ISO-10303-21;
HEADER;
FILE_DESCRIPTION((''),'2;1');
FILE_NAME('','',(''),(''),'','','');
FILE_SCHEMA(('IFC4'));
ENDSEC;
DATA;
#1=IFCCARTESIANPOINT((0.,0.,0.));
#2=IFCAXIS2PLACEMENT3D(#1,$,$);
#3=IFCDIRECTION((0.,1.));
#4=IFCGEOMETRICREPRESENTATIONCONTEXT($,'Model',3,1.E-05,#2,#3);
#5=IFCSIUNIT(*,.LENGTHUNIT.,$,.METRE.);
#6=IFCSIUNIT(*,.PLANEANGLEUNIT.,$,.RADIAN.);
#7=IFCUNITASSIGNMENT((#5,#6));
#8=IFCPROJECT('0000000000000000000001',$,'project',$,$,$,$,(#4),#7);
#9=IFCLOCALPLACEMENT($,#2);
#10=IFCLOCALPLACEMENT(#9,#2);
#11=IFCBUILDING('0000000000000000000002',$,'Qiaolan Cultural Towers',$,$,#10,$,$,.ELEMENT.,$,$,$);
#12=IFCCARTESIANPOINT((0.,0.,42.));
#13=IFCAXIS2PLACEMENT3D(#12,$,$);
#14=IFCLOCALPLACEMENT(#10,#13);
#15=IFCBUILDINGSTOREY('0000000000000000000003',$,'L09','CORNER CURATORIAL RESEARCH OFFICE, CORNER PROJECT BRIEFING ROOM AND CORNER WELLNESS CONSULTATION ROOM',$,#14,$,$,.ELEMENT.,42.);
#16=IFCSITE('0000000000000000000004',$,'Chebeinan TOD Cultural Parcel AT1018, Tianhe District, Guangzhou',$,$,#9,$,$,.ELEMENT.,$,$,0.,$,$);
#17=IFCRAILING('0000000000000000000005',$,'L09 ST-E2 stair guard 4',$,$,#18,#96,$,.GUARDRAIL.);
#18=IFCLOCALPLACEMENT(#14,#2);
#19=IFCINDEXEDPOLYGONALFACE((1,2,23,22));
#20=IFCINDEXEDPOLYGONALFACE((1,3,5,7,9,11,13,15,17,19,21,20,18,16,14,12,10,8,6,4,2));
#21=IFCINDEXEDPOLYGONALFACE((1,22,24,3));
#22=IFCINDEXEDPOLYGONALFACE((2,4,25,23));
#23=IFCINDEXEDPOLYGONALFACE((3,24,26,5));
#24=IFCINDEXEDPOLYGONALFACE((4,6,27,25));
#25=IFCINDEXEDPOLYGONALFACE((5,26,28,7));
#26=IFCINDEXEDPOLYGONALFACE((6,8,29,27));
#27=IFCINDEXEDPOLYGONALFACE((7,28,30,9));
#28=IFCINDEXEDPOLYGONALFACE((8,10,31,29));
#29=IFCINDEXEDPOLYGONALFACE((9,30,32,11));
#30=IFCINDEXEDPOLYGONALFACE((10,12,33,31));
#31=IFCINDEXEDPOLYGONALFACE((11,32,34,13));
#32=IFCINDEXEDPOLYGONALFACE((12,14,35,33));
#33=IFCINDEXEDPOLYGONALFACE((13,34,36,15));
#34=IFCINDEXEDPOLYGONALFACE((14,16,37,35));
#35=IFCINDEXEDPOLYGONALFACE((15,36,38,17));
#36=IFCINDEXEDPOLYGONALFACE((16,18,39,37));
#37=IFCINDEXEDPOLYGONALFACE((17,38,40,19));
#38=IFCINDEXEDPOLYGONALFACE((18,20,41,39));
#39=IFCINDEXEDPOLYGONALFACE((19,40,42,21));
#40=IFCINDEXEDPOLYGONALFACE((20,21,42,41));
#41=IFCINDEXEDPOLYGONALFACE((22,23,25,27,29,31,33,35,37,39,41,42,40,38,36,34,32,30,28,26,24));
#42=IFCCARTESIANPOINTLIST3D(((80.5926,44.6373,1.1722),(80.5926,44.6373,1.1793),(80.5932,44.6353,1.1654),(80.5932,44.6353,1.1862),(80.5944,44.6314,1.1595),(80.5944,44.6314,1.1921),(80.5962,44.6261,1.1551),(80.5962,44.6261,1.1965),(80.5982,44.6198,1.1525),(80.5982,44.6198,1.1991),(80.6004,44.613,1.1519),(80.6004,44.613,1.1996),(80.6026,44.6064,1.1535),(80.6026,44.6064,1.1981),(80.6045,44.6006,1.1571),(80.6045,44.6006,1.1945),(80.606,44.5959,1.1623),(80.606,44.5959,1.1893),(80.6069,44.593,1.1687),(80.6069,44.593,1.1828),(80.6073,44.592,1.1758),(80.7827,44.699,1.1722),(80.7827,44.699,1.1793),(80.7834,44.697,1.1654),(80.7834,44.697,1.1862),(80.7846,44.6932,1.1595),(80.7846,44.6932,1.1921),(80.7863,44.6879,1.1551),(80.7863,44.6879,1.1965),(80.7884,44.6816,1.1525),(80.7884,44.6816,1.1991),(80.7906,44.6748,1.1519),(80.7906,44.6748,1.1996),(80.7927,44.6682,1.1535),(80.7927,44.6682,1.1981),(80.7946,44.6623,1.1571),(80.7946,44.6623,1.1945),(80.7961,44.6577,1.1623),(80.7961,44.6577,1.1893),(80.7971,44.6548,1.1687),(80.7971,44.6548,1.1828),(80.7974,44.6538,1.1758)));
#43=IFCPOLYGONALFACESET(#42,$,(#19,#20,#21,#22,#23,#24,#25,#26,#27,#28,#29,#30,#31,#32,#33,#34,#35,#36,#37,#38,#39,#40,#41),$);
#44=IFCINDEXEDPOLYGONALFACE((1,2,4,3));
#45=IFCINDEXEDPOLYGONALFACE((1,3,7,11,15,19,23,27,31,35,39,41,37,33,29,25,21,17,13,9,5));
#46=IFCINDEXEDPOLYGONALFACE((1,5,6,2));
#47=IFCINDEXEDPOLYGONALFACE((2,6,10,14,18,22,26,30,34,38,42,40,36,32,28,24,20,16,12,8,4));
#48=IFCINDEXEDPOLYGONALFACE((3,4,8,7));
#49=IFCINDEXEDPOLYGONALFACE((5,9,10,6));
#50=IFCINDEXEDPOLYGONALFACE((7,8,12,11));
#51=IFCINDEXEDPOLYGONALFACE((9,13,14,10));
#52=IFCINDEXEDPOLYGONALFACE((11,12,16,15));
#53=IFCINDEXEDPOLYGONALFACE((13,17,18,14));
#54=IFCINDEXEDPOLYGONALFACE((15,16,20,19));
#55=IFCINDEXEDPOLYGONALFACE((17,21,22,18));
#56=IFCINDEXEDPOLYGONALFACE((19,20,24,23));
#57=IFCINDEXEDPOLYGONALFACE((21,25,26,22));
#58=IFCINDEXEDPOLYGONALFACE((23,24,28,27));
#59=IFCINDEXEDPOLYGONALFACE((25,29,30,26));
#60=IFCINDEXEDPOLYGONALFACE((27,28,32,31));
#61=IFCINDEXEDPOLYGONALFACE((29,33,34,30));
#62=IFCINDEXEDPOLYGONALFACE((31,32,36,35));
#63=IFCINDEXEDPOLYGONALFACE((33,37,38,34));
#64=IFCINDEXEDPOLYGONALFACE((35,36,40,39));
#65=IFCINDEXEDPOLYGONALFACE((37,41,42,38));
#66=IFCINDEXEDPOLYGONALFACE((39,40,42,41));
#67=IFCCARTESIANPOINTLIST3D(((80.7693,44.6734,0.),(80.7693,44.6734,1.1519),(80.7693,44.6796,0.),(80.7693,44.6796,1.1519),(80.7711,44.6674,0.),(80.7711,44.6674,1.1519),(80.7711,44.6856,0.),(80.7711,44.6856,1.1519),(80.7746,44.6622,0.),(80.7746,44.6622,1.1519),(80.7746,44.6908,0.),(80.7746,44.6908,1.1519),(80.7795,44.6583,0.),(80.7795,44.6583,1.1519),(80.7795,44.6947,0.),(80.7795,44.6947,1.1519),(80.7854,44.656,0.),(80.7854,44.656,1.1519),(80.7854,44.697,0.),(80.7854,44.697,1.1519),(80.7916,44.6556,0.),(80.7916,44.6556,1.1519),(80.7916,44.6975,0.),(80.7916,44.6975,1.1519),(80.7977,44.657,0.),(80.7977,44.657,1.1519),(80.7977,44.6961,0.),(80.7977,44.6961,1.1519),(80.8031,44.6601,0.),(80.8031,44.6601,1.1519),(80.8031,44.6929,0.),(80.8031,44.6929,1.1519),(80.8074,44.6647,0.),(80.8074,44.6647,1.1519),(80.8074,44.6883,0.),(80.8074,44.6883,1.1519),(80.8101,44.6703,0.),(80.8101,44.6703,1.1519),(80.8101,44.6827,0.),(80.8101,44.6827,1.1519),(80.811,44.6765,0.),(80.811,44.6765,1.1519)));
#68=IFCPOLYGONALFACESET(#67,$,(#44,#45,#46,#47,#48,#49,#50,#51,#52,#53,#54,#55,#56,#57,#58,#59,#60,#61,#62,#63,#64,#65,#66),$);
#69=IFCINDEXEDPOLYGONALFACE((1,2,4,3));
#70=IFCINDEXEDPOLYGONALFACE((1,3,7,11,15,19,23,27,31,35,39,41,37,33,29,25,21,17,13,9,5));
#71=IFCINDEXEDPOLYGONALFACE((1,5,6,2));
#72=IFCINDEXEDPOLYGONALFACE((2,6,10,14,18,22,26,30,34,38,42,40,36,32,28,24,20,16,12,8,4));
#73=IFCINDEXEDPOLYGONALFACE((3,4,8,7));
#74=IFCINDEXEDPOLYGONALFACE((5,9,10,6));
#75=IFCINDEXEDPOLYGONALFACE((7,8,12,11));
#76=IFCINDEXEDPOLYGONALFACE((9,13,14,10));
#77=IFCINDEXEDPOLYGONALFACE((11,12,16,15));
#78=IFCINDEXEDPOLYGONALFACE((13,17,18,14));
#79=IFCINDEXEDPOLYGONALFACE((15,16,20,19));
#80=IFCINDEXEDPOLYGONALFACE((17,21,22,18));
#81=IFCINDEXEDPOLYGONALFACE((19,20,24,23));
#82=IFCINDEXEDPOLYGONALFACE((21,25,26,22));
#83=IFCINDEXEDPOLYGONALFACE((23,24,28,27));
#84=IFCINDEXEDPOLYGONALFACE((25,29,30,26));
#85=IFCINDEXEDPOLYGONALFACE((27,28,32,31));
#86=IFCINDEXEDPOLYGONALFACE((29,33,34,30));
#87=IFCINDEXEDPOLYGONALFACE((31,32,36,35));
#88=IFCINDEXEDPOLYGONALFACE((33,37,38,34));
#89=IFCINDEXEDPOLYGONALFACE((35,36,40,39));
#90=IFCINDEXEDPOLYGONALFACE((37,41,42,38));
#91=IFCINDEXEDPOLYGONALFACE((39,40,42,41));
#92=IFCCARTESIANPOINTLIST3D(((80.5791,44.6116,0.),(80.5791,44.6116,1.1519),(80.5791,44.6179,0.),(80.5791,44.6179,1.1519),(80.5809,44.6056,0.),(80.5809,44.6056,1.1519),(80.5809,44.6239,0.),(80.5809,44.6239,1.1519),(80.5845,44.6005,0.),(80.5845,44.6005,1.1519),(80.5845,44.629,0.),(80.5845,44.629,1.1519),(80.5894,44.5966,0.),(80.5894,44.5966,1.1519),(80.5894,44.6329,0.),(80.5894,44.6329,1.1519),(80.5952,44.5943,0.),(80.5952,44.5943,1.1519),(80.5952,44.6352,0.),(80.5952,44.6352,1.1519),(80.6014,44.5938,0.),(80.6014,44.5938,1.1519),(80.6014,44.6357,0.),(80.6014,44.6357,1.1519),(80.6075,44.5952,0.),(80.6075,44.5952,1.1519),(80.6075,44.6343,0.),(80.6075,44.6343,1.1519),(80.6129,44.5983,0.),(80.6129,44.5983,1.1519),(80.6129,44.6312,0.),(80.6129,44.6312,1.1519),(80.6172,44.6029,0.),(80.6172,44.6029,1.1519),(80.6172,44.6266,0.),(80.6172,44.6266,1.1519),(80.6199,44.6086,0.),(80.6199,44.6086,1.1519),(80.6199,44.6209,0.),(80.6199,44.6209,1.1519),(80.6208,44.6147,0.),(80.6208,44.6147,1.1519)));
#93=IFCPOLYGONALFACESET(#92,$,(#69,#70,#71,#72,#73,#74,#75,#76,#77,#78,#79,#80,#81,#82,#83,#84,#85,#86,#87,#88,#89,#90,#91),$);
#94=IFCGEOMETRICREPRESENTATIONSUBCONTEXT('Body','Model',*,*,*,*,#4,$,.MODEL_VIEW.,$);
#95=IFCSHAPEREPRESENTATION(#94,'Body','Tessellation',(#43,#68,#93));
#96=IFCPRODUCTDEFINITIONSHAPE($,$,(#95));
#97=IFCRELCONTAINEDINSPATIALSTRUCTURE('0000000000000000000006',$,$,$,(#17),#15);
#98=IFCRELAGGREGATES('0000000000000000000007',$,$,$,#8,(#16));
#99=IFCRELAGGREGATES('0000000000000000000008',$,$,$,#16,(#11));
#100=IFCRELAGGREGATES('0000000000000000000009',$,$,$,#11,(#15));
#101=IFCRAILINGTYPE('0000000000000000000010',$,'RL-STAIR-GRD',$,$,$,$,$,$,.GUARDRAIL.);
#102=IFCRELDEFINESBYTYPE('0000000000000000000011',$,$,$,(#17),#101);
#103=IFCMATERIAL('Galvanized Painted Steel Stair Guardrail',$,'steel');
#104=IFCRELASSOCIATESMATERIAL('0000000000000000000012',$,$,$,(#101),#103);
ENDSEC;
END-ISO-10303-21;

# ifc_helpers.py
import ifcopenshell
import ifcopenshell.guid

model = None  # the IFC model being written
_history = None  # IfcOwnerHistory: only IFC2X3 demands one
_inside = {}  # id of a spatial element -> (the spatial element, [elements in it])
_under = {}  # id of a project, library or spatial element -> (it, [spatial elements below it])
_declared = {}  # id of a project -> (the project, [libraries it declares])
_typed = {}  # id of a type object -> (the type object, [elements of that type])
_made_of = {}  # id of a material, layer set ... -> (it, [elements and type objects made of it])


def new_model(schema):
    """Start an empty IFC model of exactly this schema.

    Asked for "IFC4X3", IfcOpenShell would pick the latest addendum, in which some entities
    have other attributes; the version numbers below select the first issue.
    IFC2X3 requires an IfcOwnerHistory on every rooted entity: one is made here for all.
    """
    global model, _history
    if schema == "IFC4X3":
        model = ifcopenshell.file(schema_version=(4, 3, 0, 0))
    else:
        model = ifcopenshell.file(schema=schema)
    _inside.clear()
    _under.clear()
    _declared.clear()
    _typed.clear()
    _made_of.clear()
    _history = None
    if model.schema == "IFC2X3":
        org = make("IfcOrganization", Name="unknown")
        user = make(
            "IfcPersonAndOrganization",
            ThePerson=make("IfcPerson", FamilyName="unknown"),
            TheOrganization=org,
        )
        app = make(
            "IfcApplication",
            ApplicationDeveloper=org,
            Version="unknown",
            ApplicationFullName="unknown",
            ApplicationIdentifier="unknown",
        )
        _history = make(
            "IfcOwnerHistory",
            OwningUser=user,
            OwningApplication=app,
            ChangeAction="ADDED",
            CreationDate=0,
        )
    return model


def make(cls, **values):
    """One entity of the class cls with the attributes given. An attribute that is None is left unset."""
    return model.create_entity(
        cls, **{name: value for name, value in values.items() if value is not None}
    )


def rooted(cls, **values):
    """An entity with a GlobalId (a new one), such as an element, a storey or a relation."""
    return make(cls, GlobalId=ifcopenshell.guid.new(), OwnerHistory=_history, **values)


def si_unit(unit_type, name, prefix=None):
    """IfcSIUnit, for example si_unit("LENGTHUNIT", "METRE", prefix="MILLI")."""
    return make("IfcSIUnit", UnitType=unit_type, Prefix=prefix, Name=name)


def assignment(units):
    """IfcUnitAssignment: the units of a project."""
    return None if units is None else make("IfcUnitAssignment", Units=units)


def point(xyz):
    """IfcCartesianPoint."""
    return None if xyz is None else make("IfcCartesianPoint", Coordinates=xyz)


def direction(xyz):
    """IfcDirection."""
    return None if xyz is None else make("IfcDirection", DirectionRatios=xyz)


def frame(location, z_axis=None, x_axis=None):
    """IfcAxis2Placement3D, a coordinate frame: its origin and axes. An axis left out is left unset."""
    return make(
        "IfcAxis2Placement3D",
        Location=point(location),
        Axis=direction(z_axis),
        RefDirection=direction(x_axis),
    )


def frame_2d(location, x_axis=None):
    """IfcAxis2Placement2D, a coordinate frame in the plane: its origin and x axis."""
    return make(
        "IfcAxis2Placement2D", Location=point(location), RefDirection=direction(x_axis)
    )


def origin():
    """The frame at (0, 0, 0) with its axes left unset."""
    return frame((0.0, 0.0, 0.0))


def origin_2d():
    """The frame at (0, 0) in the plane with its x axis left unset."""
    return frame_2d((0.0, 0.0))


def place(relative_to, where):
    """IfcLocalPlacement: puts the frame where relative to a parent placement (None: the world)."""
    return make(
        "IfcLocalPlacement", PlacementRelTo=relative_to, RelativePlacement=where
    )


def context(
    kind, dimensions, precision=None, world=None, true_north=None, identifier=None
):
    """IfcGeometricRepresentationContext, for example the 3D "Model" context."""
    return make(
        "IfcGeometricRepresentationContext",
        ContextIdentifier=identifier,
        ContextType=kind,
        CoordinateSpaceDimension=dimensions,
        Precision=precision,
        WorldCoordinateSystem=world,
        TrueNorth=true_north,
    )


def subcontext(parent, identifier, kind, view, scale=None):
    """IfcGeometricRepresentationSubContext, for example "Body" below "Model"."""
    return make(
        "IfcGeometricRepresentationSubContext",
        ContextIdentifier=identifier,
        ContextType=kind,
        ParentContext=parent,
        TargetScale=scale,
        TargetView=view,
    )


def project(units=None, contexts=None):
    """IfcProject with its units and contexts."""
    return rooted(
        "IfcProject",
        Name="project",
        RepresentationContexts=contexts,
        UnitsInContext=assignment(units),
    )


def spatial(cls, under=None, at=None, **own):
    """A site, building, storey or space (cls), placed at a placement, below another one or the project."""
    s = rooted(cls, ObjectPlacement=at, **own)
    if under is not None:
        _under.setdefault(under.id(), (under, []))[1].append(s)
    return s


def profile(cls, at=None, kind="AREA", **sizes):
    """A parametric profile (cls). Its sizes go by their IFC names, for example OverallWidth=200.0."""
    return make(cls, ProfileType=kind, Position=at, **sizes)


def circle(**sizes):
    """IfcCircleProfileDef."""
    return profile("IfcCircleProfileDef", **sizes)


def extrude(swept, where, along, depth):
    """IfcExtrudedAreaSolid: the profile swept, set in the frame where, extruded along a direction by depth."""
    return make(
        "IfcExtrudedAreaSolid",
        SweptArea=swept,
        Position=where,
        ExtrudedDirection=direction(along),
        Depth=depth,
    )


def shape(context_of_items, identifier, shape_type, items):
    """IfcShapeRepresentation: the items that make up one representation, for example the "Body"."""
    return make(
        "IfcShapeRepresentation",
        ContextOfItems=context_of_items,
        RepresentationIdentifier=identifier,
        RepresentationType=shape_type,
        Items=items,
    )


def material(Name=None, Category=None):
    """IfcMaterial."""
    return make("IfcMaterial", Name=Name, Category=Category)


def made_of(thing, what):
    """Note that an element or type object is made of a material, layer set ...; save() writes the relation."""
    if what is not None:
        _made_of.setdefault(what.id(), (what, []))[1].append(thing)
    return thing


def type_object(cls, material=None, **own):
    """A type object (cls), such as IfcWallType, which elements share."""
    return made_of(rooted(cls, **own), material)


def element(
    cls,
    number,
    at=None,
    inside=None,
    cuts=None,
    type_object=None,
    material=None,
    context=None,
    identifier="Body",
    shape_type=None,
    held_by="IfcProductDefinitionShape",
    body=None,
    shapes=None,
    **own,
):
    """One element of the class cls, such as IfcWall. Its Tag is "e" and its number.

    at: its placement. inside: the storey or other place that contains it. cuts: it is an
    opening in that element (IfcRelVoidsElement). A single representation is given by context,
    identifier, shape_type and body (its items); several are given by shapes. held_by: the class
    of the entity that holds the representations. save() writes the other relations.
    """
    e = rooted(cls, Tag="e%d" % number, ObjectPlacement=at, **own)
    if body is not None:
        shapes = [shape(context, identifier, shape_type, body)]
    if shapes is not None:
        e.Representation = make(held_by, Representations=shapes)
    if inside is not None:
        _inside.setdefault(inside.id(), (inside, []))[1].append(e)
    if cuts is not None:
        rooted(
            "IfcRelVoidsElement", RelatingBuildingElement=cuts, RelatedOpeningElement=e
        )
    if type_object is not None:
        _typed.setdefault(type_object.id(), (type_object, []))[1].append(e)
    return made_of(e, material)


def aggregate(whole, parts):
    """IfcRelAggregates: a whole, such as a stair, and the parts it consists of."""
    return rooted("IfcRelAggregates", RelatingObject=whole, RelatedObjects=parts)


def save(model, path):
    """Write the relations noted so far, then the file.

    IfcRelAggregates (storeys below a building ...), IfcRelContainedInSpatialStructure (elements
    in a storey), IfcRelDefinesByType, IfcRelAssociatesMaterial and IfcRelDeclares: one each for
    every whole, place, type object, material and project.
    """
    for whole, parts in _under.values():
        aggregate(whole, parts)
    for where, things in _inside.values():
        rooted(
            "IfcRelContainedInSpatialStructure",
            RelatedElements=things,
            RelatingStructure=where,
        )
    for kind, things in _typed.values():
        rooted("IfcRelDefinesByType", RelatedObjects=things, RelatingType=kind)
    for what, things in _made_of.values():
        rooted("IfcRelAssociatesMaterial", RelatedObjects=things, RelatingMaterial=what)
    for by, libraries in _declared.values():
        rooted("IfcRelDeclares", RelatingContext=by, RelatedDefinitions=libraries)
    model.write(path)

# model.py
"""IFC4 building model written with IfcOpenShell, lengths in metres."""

from ifc_helpers import new_model, si_unit, direction, frame, origin, origin_2d, place, context, subcontext, project, spatial, circle, extrude, material, type_object, element, save


model = new_model("IFC4")

# Units and contexts
model_context = context("Model", 3, precision=1e-05, world=origin(), true_north=direction((0.0, 1.0)))
body_context = subcontext(model_context, "Body", "Model", "MODEL_VIEW")
ifc_project = project(units=[si_unit("LENGTHUNIT", "METRE"), si_unit("PLANEANGLEUNIT", "RADIAN")], contexts=[model_context])

# Site, building, storey
site_placement = place(None, origin())
site = spatial("IfcSite", under=ifc_project, at=site_placement, Name="Chebeinan TOD Cultural Parcel AT1018, Tianhe District, Guangzhou", CompositionType="ELEMENT", RefElevation=0.0)
building_placement = place(site_placement, origin())
building = spatial("IfcBuilding", under=site, at=building_placement, Name="Qiaolan Cultural Towers", CompositionType="ELEMENT")
storey_placement = place(building_placement, frame((0.0, 0.0, 42.0)))
storey = spatial("IfcBuildingStorey", under=building, at=storey_placement, Name="L09", Description="CORNER CURATORIAL RESEARCH OFFICE, CORNER PROJECT BRIEFING ROOM AND CORNER WELLNESS CONSULTATION ROOM", CompositionType="ELEMENT", Elevation=42.0)

# Railing
ifc_material_1 = material(Name="Galvanized Painted Steel Stair Guardrail", Category="steel")
railing_type_1 = type_object("IfcRailingType", Name="RL-STAIR-GRD", PredefinedType="GUARDRAIL", material=ifc_material_1)
railing_1_placement = place(storey_placement, frame((80.79, 44.6765, 0.0)))
element("IfcRailing", 1, at=railing_1_placement, inside=storey, type_object=railing_type_1, Name="L09 ST-E2 stair guard 4", PredefinedType="GUARDRAIL", context=body_context, shape_type="SweptSolid", body=[
    extrude(circle(Radius=0.0239, at=origin_2d()), frame((0.0, 0.0, 1.1758), z_axis=(-0.951097, -0.308893, 0.0), x_axis=(0.308893, -0.951097, 0.0)), (0.0, 0.0, 1.0), 0.2),
    extrude(circle(Radius=0.021, at=origin_2d()), origin(), (0.0, 0.0, 1.0), 1.1519),
    extrude(circle(Radius=0.021, at=origin_2d()), frame((-0.1902, -0.0618, 0.0)), (0.0, 0.0, 1.0), 1.1519),
])

save(model, "model.ifc")
